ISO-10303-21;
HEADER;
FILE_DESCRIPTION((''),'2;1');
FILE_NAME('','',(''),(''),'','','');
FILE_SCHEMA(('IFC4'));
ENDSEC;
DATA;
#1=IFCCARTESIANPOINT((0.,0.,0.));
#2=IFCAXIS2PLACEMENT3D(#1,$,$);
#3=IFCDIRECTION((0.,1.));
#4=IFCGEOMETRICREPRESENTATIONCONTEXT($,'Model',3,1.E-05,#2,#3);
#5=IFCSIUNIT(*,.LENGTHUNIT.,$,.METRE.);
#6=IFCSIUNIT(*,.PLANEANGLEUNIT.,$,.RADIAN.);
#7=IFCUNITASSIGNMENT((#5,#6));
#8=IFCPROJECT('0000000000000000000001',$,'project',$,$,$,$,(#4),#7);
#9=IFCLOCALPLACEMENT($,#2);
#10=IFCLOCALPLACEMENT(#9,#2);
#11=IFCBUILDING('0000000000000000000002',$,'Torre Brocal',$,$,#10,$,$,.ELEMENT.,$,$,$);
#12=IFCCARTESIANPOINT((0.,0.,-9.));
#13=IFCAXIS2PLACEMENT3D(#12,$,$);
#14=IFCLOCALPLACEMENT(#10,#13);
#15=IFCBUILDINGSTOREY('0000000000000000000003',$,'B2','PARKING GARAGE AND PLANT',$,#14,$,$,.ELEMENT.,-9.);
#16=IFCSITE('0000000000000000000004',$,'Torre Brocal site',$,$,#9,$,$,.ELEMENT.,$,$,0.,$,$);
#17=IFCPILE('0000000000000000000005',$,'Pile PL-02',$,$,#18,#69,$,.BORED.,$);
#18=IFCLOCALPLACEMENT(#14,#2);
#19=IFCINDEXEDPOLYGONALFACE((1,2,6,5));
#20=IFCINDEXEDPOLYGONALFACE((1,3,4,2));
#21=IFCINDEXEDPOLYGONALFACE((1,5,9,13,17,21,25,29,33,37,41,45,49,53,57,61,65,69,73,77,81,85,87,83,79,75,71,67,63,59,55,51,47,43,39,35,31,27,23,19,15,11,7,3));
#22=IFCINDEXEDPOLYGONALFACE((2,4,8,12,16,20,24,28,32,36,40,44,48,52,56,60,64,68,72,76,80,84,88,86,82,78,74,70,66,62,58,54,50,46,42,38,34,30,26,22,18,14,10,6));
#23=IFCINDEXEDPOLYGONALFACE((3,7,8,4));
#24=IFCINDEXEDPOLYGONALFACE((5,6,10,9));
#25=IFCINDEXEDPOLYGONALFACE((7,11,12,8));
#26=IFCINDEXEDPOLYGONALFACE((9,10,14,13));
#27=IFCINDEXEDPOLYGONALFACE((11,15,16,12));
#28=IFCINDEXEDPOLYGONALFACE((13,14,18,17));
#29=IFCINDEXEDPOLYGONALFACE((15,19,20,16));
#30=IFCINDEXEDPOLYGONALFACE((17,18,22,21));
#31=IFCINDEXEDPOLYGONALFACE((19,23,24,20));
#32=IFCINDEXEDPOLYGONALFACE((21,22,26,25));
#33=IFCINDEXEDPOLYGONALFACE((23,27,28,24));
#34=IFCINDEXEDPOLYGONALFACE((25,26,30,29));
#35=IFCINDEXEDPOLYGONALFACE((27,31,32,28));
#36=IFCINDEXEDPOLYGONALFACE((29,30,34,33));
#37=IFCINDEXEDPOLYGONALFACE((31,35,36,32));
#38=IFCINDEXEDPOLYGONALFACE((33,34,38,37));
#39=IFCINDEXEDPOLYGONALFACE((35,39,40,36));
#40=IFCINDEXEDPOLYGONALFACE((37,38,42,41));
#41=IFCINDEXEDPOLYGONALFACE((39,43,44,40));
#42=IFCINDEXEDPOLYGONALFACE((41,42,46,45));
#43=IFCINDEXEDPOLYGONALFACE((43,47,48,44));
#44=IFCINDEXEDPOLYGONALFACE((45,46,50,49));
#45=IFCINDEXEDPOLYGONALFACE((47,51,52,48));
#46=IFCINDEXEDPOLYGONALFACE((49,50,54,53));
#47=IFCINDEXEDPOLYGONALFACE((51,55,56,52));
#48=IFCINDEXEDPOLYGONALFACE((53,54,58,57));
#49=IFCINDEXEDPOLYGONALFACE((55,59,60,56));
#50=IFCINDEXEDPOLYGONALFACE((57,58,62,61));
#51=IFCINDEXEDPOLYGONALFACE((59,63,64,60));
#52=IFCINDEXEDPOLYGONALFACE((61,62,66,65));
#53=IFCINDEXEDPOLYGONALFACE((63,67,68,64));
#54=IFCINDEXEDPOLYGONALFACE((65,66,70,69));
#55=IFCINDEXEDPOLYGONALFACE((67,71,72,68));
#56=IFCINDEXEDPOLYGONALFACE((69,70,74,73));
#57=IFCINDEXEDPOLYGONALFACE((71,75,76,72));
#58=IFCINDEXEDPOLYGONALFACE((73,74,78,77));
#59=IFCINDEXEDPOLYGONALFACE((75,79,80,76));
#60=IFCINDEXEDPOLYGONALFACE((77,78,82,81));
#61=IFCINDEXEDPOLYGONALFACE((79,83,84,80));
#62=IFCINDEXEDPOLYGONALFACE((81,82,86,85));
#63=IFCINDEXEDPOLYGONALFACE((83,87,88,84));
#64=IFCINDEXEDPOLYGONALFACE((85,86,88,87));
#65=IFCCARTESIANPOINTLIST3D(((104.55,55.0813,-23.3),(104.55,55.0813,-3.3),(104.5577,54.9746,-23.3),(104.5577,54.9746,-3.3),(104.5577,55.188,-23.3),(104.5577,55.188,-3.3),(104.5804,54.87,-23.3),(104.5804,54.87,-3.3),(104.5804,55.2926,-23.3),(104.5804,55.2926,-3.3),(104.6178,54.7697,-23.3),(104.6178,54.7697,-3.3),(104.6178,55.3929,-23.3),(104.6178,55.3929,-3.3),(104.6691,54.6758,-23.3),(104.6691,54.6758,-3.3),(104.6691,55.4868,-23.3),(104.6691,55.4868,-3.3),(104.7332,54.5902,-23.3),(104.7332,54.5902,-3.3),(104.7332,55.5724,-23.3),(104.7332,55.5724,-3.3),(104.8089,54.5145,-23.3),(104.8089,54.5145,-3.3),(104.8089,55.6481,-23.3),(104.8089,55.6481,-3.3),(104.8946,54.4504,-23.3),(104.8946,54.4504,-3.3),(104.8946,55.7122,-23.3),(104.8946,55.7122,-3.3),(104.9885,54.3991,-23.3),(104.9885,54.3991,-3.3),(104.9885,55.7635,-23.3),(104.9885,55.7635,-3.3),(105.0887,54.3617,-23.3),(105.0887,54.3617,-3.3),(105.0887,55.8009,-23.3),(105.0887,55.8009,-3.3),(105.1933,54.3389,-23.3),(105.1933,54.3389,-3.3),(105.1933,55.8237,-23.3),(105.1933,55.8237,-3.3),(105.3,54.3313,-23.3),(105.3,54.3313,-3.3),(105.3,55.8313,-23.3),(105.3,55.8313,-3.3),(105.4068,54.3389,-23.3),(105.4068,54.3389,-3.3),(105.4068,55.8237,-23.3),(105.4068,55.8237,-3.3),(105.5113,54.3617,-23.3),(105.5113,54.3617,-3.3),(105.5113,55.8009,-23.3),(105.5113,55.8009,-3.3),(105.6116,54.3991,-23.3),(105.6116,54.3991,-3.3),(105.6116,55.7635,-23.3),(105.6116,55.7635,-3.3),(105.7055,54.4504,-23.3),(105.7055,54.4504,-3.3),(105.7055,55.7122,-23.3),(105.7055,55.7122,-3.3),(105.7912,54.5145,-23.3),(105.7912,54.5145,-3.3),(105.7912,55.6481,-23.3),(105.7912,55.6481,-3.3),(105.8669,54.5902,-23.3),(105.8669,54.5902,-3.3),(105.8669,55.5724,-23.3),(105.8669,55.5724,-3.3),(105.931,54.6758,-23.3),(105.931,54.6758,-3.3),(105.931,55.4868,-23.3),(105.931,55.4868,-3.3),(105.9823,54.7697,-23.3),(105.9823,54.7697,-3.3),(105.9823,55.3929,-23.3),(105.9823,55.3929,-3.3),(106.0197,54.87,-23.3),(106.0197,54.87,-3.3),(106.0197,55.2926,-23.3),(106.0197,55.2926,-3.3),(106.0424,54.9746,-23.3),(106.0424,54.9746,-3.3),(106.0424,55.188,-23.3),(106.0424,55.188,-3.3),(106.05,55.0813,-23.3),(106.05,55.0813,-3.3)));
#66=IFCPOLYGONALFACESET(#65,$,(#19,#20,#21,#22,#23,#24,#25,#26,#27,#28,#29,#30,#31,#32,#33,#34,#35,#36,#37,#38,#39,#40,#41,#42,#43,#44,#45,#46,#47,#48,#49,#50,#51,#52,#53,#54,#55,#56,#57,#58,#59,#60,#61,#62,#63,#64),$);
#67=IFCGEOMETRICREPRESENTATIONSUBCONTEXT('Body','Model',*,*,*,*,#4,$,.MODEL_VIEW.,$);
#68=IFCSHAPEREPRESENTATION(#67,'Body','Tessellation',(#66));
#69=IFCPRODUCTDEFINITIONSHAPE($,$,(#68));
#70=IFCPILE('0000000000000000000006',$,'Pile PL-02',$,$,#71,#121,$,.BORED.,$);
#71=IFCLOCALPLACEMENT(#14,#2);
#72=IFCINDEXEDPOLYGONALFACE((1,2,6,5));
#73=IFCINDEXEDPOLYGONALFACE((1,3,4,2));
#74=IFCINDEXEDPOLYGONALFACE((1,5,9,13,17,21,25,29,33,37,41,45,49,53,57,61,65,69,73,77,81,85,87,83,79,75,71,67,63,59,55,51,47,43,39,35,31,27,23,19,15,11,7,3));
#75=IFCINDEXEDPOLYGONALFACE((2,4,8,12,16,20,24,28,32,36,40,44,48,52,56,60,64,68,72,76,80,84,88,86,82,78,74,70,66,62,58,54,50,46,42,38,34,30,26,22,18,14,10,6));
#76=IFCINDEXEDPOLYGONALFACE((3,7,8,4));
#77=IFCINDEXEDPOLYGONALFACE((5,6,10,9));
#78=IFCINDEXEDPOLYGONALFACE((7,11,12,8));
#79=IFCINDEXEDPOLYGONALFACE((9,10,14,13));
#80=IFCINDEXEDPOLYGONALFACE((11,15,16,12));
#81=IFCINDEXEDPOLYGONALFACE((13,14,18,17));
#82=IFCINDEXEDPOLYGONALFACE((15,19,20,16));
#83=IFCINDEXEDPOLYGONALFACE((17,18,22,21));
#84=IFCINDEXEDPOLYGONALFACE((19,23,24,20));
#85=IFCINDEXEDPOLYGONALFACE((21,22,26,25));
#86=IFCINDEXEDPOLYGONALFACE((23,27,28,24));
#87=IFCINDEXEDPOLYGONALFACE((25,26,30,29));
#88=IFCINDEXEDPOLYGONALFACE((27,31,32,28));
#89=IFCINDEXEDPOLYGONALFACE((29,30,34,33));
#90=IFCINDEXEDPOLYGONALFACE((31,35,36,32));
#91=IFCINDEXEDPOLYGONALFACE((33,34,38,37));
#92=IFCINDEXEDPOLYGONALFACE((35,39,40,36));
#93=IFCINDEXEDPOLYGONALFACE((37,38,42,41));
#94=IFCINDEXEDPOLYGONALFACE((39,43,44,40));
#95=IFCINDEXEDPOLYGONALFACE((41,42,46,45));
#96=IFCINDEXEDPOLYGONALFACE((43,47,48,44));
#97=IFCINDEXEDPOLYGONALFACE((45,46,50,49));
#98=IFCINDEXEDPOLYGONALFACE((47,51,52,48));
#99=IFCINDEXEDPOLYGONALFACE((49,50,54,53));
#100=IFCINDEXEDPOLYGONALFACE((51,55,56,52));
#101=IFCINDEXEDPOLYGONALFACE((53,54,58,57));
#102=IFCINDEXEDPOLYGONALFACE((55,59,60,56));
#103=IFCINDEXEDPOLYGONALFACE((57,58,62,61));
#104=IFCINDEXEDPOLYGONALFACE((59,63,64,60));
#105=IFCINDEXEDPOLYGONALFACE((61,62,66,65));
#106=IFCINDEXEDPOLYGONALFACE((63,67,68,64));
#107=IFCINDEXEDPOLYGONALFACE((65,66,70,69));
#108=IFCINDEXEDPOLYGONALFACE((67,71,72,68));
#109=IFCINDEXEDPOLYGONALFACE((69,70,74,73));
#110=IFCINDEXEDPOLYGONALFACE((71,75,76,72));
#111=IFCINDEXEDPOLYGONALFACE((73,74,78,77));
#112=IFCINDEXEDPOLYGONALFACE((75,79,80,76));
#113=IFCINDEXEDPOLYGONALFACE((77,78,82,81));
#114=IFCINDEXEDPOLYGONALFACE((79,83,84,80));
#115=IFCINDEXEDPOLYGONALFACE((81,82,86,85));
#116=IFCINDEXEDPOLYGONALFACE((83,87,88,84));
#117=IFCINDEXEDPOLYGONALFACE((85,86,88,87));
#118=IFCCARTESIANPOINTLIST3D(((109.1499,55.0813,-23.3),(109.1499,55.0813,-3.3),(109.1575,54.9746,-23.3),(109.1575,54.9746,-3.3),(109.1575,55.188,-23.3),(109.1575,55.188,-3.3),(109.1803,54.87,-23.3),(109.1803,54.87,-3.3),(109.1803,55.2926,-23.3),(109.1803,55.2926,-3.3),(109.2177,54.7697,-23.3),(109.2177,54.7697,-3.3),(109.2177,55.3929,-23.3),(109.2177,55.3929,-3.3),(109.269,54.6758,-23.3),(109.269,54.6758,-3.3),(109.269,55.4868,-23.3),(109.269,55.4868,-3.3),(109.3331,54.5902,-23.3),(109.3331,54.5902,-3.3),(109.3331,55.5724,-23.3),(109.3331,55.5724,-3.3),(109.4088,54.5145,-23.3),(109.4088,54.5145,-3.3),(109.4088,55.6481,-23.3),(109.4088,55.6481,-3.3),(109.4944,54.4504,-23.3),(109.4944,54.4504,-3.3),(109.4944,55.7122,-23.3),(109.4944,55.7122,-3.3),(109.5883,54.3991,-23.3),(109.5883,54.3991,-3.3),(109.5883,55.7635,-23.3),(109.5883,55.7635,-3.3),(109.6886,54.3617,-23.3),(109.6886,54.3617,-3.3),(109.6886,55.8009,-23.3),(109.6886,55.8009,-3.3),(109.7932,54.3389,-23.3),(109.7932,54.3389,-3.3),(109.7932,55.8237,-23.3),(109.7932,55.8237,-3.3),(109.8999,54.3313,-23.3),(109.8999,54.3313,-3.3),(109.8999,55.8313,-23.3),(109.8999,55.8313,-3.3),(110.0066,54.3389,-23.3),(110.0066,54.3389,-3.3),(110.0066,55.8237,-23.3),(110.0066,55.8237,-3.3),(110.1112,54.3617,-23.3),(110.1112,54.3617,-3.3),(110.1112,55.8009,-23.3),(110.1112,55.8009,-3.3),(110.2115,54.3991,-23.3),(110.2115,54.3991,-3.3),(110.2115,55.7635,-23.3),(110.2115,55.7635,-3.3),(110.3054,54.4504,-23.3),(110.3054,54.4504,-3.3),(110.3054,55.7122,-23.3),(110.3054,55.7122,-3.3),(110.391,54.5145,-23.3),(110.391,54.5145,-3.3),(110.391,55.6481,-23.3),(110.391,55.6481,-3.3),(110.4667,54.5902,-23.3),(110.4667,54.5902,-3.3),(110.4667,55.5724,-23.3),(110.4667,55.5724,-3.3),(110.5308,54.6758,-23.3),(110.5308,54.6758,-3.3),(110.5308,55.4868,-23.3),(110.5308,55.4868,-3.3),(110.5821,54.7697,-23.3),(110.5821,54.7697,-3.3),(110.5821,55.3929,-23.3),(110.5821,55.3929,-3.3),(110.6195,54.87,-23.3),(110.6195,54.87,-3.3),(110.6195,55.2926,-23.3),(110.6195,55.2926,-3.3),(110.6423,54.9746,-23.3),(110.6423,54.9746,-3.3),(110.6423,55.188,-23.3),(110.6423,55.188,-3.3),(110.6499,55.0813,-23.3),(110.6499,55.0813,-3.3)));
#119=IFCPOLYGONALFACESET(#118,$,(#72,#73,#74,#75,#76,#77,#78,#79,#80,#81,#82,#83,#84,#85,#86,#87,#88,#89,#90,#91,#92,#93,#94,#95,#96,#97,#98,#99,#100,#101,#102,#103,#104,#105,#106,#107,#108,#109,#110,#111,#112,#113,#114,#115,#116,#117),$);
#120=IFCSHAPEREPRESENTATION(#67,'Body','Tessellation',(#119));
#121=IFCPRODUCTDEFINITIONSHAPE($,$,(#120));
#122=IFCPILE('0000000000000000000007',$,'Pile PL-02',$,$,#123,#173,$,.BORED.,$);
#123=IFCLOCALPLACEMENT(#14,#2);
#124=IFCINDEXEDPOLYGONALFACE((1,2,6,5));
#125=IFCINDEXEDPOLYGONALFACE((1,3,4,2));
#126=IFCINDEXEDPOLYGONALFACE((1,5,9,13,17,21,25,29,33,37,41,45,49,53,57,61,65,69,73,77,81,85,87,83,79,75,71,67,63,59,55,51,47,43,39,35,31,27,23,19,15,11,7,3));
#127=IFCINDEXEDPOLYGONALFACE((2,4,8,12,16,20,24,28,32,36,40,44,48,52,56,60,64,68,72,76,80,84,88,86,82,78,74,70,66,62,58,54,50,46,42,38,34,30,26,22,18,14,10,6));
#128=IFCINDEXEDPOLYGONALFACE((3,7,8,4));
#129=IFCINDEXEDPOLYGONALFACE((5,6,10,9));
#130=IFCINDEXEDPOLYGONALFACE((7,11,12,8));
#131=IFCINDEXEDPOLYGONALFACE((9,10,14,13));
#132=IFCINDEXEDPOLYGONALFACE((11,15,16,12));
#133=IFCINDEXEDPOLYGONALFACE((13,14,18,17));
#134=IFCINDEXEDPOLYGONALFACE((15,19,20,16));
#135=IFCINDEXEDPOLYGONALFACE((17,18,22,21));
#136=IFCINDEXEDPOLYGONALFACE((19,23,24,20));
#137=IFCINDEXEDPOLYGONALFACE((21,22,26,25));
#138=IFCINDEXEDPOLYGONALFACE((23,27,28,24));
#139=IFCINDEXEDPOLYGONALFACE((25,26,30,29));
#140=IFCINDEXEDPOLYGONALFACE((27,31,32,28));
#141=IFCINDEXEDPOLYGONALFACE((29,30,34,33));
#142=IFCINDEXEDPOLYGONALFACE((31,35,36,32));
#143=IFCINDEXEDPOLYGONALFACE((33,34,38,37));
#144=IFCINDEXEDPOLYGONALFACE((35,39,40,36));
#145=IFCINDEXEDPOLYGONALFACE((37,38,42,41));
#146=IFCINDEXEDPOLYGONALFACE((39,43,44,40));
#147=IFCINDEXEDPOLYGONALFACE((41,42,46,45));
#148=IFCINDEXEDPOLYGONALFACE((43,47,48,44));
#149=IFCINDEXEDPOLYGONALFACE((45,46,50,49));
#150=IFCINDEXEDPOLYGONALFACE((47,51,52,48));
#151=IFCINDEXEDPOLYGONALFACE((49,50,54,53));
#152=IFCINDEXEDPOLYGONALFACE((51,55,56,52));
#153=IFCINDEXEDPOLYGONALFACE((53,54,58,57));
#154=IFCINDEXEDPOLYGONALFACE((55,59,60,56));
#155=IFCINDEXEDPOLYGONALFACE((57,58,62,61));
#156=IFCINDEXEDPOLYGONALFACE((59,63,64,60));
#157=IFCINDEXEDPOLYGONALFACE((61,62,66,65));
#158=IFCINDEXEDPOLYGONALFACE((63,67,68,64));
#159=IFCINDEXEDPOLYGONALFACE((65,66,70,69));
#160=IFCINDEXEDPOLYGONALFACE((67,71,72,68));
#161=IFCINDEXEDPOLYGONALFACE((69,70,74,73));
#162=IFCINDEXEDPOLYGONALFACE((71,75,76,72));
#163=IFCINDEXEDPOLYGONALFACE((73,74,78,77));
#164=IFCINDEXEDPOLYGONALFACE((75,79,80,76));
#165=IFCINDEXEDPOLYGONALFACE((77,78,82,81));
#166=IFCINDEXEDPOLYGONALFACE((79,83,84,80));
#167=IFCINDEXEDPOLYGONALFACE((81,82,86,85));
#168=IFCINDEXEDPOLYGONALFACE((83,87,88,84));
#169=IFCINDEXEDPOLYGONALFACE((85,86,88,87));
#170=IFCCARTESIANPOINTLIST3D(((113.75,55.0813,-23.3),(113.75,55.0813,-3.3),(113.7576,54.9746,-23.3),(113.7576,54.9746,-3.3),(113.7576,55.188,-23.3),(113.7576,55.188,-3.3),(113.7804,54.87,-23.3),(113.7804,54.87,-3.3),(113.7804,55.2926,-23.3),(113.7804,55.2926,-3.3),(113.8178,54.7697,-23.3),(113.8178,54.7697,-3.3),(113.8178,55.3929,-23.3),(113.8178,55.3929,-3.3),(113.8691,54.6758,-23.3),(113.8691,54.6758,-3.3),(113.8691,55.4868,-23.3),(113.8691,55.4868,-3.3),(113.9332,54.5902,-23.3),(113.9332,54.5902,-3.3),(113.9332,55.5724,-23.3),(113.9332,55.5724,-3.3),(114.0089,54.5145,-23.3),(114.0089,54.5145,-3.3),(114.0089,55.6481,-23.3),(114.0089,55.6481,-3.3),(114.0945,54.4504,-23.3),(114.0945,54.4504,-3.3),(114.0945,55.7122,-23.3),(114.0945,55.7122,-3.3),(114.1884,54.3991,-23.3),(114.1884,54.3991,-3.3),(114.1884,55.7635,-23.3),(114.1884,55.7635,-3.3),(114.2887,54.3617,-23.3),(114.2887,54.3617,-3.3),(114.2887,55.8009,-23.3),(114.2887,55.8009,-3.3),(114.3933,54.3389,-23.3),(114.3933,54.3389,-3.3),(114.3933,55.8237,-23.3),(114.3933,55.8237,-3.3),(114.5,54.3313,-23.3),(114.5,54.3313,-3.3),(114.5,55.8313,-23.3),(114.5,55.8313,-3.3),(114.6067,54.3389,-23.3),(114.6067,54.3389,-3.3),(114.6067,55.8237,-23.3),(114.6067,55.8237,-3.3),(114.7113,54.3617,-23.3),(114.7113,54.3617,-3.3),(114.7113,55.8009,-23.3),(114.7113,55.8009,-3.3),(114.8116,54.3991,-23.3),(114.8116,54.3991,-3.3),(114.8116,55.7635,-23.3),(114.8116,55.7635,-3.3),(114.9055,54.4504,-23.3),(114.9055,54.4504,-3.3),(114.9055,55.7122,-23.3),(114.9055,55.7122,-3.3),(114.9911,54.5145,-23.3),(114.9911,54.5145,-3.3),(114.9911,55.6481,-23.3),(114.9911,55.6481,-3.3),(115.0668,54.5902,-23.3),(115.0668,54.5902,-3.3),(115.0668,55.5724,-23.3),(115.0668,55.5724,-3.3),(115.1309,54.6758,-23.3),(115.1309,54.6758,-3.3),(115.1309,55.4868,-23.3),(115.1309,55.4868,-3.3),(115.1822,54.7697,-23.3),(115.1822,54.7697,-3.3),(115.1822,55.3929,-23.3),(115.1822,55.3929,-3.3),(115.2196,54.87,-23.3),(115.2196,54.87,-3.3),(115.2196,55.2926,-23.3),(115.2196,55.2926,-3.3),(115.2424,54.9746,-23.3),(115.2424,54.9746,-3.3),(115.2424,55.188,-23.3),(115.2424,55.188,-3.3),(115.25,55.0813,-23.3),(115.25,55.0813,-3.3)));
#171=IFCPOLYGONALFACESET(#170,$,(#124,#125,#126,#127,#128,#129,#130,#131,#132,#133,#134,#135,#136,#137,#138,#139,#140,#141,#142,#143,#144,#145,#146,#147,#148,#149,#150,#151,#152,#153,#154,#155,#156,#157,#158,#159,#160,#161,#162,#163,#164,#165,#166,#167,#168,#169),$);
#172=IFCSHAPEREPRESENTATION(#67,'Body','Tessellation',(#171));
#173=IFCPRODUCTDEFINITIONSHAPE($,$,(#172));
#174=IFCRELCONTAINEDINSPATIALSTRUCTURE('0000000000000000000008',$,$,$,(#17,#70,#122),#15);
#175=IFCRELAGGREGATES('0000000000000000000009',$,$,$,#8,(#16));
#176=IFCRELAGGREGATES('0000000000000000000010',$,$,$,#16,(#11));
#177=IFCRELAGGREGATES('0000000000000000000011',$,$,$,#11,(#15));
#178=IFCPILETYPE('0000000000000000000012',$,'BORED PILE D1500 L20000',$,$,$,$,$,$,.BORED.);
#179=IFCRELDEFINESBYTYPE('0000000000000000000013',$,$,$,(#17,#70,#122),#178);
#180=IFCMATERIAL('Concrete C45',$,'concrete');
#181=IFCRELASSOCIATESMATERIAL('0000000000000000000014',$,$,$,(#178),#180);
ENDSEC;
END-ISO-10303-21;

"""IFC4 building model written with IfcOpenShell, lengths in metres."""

from ifc_helpers import new_model, si_unit, direction, frame, origin, origin_2d, place, context, subcontext, project, spatial, circle, extrude, material, material_profile, profile_set, type_object, element, save


model = new_model("IFC4")

# Units and contexts
model_context = context("Model", 3, precision=1e-05, world=origin(), true_north=direction((0.0, 1.0)))
body_context = subcontext(model_context, "Body", "Model", "MODEL_VIEW")
ifc_project = project(units=[si_unit("LENGTHUNIT", "METRE"), si_unit("PLANEANGLEUNIT", "RADIAN")], contexts=[model_context])

# Site, building, storey
site_placement = place(None, origin())
site = spatial("IfcSite", under=ifc_project, at=site_placement, Name="Torre Brocal site", CompositionType="ELEMENT", RefElevation=0.0)
building_placement = place(site_placement, origin())
building = spatial("IfcBuilding", under=site, at=building_placement, Name="Torre Brocal", CompositionType="ELEMENT")
storey_placement = place(building_placement, frame((0.0, 0.0, -9.0)))
storey = spatial("IfcBuildingStorey", under=building, at=storey_placement, Name="B2", Description="PARKING GARAGE AND PLANT", CompositionType="ELEMENT", Elevation=-9.0)

# Piles
ifc_material_1 = material(Name="Concrete C45", Category="concrete")
ifc_material_profile_1 = material_profile(ifc_material_1, circle(Radius=0.75, at=origin_2d()), Name="BORED PILE D1500")
ifc_profile_set_1 = profile_set([ifc_material_profile_1], Name="Concrete C45")
pile_type_1 = type_object("IfcPileType", Name="BORED PILE D1500 L20000", PredefinedType="BORED", material=ifc_profile_set_1)
for number, where, z_axis, x_axis, name in (
    (1, (105.3, 55.0813, -3.3), (0.0, 0.0, -1.0), (1.0, 0.0, 0.0), "Pile PL-02"),
    (2, (109.8999, 55.0813, -3.3), (0.0, 0.0, -1.0), (1.0, 0.0, 0.0), "Pile PL-02"),
    (3, (114.5, 55.0813, -3.3), (0.0, 0.0, -1.0), (1.0, 0.0, 0.0), "Pile PL-02"),
):
    element("IfcPile", number, at=place(storey_placement, frame(where, z_axis=z_axis, x_axis=x_axis)), inside=storey, type_object=pile_type_1, Name=name, PredefinedType="BORED", context=body_context, shape_type="SweptSolid", body=[
        extrude(circle(Radius=0.75, at=origin_2d()), origin(), (0.0, 0.0, 1.0), 20.0),
    ])

save(model, "model.ifc")
